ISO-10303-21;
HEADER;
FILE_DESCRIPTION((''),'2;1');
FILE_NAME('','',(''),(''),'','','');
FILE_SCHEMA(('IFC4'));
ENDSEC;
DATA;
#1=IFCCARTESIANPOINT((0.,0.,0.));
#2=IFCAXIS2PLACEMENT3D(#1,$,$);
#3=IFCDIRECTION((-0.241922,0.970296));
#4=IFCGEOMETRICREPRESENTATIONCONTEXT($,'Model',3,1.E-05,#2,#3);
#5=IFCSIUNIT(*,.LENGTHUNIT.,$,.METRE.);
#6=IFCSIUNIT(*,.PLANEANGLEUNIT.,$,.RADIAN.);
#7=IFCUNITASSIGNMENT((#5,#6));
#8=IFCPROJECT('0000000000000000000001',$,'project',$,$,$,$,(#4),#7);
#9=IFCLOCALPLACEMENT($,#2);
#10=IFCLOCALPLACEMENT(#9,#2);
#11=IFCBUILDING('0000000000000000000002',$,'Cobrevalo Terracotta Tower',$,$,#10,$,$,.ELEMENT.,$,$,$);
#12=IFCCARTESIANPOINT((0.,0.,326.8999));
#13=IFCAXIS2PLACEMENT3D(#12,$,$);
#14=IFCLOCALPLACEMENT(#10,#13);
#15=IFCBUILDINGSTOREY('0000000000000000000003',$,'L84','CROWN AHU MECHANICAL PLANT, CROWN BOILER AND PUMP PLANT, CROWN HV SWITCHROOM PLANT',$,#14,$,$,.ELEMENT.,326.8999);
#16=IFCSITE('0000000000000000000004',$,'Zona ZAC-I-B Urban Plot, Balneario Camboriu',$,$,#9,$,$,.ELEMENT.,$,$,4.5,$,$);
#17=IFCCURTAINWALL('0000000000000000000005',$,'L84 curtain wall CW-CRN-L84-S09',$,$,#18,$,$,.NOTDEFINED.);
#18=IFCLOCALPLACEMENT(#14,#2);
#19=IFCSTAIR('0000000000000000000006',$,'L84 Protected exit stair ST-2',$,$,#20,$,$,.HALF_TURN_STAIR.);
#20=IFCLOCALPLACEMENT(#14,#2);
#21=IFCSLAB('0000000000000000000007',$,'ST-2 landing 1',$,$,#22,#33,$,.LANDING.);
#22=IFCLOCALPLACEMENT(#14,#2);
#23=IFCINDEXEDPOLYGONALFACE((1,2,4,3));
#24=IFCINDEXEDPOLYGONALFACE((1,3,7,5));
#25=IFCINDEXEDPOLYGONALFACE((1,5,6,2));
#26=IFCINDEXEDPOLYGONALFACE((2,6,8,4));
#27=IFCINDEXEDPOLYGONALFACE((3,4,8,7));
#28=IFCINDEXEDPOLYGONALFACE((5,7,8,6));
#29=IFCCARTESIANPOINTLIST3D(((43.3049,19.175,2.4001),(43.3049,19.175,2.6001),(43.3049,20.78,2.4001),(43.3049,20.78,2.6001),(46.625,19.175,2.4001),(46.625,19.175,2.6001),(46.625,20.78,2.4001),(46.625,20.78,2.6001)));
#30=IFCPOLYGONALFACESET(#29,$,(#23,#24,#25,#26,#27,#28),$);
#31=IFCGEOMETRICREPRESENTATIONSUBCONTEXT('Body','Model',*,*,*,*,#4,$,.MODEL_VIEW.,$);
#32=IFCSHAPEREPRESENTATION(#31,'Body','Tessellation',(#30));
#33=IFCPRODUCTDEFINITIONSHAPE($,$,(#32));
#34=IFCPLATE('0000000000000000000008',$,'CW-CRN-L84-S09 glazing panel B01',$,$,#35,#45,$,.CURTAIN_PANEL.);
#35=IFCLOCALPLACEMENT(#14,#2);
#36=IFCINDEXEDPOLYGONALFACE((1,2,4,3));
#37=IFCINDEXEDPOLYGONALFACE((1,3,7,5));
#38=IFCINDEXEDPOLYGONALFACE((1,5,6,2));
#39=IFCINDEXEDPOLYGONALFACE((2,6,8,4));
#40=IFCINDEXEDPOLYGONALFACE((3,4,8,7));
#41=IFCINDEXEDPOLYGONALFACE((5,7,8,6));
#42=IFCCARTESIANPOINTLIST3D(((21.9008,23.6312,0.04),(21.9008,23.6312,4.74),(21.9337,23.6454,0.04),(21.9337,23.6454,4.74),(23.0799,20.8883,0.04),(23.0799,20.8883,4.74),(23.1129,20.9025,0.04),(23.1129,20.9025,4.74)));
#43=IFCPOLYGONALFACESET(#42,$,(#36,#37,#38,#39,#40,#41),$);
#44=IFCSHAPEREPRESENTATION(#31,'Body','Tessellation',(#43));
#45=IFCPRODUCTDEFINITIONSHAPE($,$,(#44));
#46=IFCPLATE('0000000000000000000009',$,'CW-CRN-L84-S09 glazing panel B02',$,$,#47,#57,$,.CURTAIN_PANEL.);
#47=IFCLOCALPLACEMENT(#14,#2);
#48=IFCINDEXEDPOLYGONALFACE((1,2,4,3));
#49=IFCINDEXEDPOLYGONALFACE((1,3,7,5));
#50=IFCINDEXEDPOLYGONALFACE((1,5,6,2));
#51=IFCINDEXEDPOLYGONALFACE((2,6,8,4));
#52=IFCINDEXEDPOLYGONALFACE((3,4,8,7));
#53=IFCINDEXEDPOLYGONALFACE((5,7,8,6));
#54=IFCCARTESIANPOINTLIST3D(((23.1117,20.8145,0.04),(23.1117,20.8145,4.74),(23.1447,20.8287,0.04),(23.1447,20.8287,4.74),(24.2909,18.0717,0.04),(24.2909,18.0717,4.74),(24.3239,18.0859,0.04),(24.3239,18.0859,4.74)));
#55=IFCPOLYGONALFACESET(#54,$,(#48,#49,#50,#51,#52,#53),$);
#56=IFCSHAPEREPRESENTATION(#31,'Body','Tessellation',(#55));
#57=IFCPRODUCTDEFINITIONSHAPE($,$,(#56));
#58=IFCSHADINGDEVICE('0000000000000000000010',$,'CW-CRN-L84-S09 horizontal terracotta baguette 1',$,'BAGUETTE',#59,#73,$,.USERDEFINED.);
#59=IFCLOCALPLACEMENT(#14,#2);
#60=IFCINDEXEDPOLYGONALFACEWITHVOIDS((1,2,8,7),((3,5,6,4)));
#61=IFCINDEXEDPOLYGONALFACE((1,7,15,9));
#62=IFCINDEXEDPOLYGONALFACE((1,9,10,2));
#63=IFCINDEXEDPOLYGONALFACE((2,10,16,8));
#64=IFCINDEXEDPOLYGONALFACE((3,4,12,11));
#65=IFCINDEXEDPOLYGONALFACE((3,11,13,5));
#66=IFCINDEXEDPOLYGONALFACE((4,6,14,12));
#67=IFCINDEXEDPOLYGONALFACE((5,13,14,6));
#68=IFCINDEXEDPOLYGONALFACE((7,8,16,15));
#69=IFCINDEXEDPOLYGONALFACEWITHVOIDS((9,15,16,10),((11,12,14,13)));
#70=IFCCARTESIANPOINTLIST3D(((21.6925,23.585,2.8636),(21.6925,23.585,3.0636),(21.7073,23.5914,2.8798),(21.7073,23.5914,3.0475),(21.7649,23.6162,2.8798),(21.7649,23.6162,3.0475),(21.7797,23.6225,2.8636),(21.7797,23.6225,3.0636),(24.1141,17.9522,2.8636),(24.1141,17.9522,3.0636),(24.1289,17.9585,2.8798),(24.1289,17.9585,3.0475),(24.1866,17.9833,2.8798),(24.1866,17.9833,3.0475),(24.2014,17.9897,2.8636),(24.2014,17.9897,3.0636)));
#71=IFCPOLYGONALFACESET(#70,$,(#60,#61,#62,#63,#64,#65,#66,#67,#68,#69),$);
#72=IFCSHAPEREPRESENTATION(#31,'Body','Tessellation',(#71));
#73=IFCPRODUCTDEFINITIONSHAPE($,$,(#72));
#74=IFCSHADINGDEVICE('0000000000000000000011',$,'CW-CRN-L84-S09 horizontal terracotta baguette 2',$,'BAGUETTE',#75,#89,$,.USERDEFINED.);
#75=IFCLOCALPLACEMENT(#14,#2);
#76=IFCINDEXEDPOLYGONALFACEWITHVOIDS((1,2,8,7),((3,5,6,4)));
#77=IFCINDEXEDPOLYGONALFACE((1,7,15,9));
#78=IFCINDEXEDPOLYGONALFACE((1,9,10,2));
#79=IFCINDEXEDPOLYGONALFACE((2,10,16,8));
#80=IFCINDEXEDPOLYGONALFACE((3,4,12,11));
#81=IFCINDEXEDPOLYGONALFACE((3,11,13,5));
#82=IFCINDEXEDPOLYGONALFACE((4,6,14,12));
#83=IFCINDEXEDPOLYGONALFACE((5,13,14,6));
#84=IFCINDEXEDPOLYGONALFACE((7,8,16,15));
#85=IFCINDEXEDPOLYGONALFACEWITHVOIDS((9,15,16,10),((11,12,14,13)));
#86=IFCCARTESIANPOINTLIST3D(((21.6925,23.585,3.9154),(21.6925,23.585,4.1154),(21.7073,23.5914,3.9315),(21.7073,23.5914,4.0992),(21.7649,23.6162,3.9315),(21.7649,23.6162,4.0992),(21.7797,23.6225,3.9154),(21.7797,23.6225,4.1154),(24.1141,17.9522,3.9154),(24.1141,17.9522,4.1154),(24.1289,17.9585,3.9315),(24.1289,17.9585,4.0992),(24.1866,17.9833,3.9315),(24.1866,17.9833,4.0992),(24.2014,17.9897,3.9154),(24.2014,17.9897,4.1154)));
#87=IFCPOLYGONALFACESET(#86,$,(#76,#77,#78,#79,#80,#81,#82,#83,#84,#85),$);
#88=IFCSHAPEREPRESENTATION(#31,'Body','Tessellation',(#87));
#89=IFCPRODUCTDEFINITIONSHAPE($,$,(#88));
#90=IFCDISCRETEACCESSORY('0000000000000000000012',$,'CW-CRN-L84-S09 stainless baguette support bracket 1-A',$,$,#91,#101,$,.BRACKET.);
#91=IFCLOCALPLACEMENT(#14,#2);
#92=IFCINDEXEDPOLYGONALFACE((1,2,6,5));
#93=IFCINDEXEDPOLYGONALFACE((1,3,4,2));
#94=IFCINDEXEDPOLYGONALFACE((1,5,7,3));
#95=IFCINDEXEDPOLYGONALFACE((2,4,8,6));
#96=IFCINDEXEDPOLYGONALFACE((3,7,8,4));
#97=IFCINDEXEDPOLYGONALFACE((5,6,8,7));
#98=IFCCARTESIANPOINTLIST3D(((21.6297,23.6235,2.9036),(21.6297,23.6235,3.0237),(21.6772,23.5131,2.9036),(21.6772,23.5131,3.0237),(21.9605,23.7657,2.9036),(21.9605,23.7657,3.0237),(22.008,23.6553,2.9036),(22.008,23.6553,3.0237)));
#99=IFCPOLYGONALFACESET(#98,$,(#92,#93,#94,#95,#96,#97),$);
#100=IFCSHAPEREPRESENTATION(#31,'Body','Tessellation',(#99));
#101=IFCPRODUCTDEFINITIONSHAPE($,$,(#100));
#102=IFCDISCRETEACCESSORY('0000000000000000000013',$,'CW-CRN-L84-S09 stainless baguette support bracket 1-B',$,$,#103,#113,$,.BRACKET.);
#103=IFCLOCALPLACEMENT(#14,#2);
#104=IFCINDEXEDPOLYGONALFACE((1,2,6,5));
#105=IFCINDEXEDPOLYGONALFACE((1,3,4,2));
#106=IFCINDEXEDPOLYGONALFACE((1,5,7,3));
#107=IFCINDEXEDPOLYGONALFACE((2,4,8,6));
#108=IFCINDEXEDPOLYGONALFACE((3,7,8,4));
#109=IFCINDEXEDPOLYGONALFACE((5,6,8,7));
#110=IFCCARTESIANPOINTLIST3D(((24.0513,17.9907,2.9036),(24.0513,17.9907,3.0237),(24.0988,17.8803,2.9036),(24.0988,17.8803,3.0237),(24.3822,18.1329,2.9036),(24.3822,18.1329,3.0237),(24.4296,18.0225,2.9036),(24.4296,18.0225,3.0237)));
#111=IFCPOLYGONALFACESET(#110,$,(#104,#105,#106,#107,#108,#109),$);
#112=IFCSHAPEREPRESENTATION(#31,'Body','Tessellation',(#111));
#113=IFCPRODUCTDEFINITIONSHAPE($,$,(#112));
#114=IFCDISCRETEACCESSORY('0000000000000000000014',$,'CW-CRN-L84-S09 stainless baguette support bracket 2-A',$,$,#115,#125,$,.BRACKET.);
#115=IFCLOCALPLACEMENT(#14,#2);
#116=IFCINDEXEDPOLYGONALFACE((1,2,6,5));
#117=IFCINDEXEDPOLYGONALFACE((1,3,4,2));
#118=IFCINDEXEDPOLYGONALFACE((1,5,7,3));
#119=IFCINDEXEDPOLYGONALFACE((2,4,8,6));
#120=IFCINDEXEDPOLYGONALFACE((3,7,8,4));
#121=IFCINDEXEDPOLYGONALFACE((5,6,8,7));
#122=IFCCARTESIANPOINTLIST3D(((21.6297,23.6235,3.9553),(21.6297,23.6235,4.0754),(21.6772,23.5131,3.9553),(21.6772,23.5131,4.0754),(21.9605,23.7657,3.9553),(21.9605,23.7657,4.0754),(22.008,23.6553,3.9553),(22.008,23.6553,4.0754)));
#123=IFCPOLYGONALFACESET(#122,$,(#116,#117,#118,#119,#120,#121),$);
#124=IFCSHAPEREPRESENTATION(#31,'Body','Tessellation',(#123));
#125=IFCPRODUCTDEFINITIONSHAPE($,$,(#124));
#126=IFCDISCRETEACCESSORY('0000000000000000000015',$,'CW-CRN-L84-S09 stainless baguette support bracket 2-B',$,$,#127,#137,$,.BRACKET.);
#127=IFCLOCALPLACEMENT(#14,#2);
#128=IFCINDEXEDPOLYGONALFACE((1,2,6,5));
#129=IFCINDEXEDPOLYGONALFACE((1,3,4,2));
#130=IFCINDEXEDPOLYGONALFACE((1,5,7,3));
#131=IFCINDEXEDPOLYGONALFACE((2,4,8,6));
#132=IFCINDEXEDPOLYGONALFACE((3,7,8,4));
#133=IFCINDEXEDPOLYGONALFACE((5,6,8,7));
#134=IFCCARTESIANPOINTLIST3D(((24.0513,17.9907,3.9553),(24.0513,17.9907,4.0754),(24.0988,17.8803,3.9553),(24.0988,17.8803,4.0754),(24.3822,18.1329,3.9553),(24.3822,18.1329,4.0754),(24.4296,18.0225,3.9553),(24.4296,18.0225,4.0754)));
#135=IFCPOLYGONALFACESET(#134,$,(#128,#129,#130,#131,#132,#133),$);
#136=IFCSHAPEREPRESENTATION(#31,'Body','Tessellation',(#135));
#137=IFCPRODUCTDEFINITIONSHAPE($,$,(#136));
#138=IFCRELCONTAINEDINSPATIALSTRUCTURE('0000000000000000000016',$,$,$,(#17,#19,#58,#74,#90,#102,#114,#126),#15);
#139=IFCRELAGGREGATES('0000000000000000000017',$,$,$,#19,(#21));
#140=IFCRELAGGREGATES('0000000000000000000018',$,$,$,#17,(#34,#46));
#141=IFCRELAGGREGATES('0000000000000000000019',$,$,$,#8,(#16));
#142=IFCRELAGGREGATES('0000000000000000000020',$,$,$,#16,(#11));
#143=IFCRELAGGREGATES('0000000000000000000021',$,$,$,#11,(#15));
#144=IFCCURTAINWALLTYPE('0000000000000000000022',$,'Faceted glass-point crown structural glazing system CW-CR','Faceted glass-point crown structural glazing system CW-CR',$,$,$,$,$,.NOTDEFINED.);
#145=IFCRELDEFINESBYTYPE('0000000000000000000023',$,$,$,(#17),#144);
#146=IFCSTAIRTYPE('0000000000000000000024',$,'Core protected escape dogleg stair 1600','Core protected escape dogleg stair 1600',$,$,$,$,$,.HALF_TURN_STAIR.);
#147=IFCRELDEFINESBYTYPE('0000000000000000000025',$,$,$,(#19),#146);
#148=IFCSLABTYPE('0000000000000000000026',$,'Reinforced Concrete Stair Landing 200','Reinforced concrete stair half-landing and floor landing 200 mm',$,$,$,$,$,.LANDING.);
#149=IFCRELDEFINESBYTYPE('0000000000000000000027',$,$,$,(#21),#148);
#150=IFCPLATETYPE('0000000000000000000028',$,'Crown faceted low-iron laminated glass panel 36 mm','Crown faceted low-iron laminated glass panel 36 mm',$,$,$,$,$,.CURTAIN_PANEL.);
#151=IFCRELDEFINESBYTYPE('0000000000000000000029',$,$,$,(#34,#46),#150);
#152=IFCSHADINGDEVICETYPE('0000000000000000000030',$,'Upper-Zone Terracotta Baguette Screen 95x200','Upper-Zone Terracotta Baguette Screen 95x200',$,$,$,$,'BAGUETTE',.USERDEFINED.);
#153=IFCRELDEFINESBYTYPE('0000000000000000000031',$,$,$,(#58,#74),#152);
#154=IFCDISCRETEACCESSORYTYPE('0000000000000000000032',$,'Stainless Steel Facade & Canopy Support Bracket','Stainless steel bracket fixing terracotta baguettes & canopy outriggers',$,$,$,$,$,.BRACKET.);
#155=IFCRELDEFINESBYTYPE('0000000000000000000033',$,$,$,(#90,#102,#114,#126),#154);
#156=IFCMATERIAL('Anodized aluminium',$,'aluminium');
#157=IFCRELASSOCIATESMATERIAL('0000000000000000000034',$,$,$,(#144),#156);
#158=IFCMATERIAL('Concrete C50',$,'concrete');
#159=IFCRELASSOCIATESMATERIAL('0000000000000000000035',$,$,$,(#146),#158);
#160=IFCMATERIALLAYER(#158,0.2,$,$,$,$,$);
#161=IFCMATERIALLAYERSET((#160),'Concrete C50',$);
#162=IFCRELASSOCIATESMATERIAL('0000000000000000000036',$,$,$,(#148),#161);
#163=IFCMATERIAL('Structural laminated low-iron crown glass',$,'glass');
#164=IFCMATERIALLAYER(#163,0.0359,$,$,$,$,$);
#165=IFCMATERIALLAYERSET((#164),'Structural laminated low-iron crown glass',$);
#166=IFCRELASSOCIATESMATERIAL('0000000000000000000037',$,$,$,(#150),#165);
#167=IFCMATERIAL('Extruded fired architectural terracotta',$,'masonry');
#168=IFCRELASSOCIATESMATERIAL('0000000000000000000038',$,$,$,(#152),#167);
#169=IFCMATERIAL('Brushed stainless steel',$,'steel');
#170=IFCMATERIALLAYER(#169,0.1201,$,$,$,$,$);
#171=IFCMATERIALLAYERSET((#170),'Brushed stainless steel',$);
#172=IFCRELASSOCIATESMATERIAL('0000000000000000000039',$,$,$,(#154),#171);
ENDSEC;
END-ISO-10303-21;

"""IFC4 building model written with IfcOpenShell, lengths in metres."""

from ifc_helpers import new_model, si_unit, direction, frame, origin, origin_2d, place, context, subcontext, project, spatial, polyline, rectangle, hollow_rectangle, outline, extrude, source, transform, mapped, material, layer, layer_set, material_profile, profile_set, type_object, element, aggregate, save


model = new_model("IFC4")

# Units and contexts
model_context = context("Model", 3, precision=1e-05, world=origin(), true_north=direction((-0.241922, 0.970296)))
body_context = subcontext(model_context, "Body", "Model", "MODEL_VIEW")
ifc_project = project(units=[si_unit("LENGTHUNIT", "METRE"), si_unit("PLANEANGLEUNIT", "RADIAN")], contexts=[model_context])

# Site, building, storey
site_placement = place(None, origin())
site = spatial("IfcSite", under=ifc_project, at=site_placement, Name="Zona ZAC-I-B Urban Plot, Balneario Camboriu", CompositionType="ELEMENT", RefElevation=4.5)
building_placement = place(site_placement, origin())
building = spatial("IfcBuilding", under=site, at=building_placement, Name="Cobrevalo Terracotta Tower", CompositionType="ELEMENT")
storey_placement = place(building_placement, frame((0.0, 0.0, 326.8999)))
storey = spatial("IfcBuildingStorey", under=building, at=storey_placement, Name="L84", Description="CROWN AHU MECHANICAL PLANT, CROWN BOILER AND PUMP PLANT, CROWN HV SWITCHROOM PLANT", CompositionType="ELEMENT", Elevation=326.8999)

# Shared definitions
ifc_material_1 = material(Name="Anodized aluminium", Category="aluminium")
curtain_wall_type = type_object("IfcCurtainWallType", Name="Faceted glass-point crown structural glazing system CW-CR", Description="Faceted glass-point crown structural glazing system CW-CR", PredefinedType="NOTDEFINED", material=ifc_material_1)

# Curtain wall
curtain_wall_1_placement = place(storey_placement, origin())
curtain_wall_1 = element("IfcCurtainWall", 1, at=curtain_wall_1_placement, inside=storey, type_object=curtain_wall_type, Name="L84 curtain wall CW-CRN-L84-S09", PredefinedType="NOTDEFINED")

# Shared definitions
ifc_material_2 = material(Name="Concrete C50", Category="concrete")

# Stair, slab
stair_type = type_object("IfcStairType", Name="Core protected escape dogleg stair 1600", Description="Core protected escape dogleg stair 1600", PredefinedType="HALF_TURN_STAIR", material=ifc_material_2)
ifc_layer_1 = layer(ifc_material_2, 0.2)
ifc_layer_set_1 = layer_set([ifc_layer_1], Name="Concrete C50")
slab_type_1 = type_object("IfcSlabType", Name="Reinforced Concrete Stair Landing 200", Description="Reinforced concrete stair half-landing and floor landing 200 mm", PredefinedType="LANDING", material=ifc_layer_set_1)
stair_1_placement = place(storey_placement, origin())
stair_1 = element("IfcStair", 2, at=stair_1_placement, inside=storey, type_object=stair_type, Name="L84 Protected exit stair ST-2", PredefinedType="HALF_TURN_STAIR")
slab_1_placement = place(storey_placement, frame((0.0, 0.0, 2.4001)))
slab_1 = element("IfcSlab", 3, at=slab_1_placement, type_object=slab_type_1, Name="ST-2 landing 1", PredefinedType="LANDING", context=body_context, shape_type="SweptSolid", body=[
    extrude(outline(polyline([(43.3049, 20.78), (43.3049, 19.175), (46.625, 19.175), (46.625, 20.78), (43.3049, 20.78)])), origin(), (0.0, 0.0, 1.0), 0.2),
])
aggregate(stair_1, [slab_1])

# Plates
ifc_material_3 = material(Name="Structural laminated low-iron crown glass", Category="glass")
ifc_layer_2 = layer(ifc_material_3, 0.0359)
ifc_layer_set_2 = layer_set([ifc_layer_2], Name="Structural laminated low-iron crown glass")
plate_type = type_object("IfcPlateType", Name="Crown faceted low-iron laminated glass panel 36 mm", Description="Crown faceted low-iron laminated glass panel 36 mm", PredefinedType="CURTAIN_PANEL", material=ifc_layer_set_2)
shared_shape_1 = source(origin(), body_context, "Body", "SweptSolid", [
    extrude(rectangle(XDim=2.9856, YDim=0.0359, at=origin_2d()), origin(), (0.0, 0.0, 1.0), 4.7),
])
plate_1_placement = place(storey_placement, frame((22.5068, 22.2668, 0.04), z_axis=(0.0, 0.0, 1.0), x_axis=(0.39496, -0.918698, 0.0)))
plate_1 = element("IfcPlate", 4, at=plate_1_placement, type_object=plate_type, Name="CW-CRN-L84-S09 glazing panel B01", PredefinedType="CURTAIN_PANEL", context=body_context, shape_type="MappedRepresentation", body=[
    mapped(shared_shape_1, transform((0.0, 0.0, 0.0), scale=1.0)),
])
plate_2_placement = place(storey_placement, frame((23.7178, 19.4502, 0.04), z_axis=(0.0, 0.0, 1.0), x_axis=(0.39496, -0.918698, 0.0)))
plate_2 = element("IfcPlate", 5, at=plate_2_placement, type_object=plate_type, Name="CW-CRN-L84-S09 glazing panel B02", PredefinedType="CURTAIN_PANEL", context=body_context, shape_type="MappedRepresentation", body=[
    mapped(shared_shape_1, transform((0.0, 0.0, 0.0), scale=1.0)),
])
aggregate(curtain_wall_1, [plate_1, plate_2])

# Shading devices
ifc_material_4 = material(Name="Extruded fired architectural terracotta", Category="masonry")
ifc_material_profile_1 = material_profile(ifc_material_4, hollow_rectangle(XDim=0.095, YDim=0.2, WallThickness=0.0161, at=origin_2d()), Name="BAGUETTE 95x200")
ifc_profile_set_1 = profile_set([ifc_material_profile_1], Name="Extruded fired architectural terracotta")
shading_device_type = type_object("IfcShadingDeviceType", Name="Upper-Zone Terracotta Baguette Screen 95x200", Description="Upper-Zone Terracotta Baguette Screen 95x200", ElementType="BAGUETTE", PredefinedType="USERDEFINED", material=ifc_profile_set_1)
shared_shape_2 = source(origin(), body_context, "Body", "SweptSolid", [
    extrude(hollow_rectangle(XDim=0.095, YDim=0.2, WallThickness=0.0161, at=origin_2d()), origin(), (0.0, 0.0, 1.0), 6.1313),
])
for number, where, z_axis, x_axis, name in (
    (6, (21.7361, 23.6038, 2.9636), (0.394962, -0.918698, 0.0), (0.918698, 0.394962, 0.0), "CW-CRN-L84-S09 horizontal terracotta baguette 1"),
    (7, (21.7361, 23.6038, 4.0154), (0.394962, -0.918698, 0.0), (0.918698, 0.394962, 0.0), "CW-CRN-L84-S09 horizontal terracotta baguette 2"),
):
    element("IfcShadingDevice", number, at=place(storey_placement, frame(where, z_axis=z_axis, x_axis=x_axis)), inside=storey, type_object=shading_device_type, Name=name, ObjectType="BAGUETTE", PredefinedType="USERDEFINED", context=body_context, shape_type="MappedRepresentation", body=[
        mapped(shared_shape_2, transform((0.0, 0.0, 0.0), scale=1.0)),
    ])

# Discrete accessories
ifc_material_5 = material(Name="Brushed stainless steel", Category="steel")
ifc_layer_3 = layer(ifc_material_5, 0.1201)
ifc_layer_set_3 = layer_set([ifc_layer_3], Name="Brushed stainless steel")
discrete_accessory_type = type_object("IfcDiscreteAccessoryType", Name="Stainless Steel Facade & Canopy Support Bracket", Description="Stainless steel bracket fixing terracotta baguettes & canopy outriggers", PredefinedType="BRACKET", material=ifc_layer_set_3)
shared_shape_3 = source(origin(), body_context, "Body", "SweptSolid", [
    extrude(rectangle(XDim=0.1201, YDim=0.3601, at=origin_2d()), origin(), (0.0, 0.0, 1.0), 0.1201),
])
for number, where, z_axis, x_axis, name in (
    (8, (21.8188, 23.6394, 2.9036), (0.0, 0.0, 1.0), (0.39496, -0.918698, 0.0), "CW-CRN-L84-S09 stainless baguette support bracket 1-A"),
    (9, (24.2405, 18.0066, 2.9036), (0.0, 0.0, 1.0), (0.39496, -0.918698, 0.0), "CW-CRN-L84-S09 stainless baguette support bracket 1-B"),
    (10, (21.8188, 23.6394, 3.9553), (0.0, 0.0, 1.0), (0.39496, -0.918698, 0.0), "CW-CRN-L84-S09 stainless baguette support bracket 2-A"),
    (11, (24.2405, 18.0066, 3.9553), (0.0, 0.0, 1.0), (0.39496, -0.918698, 0.0), "CW-CRN-L84-S09 stainless baguette support bracket 2-B"),
):
    element("IfcDiscreteAccessory", number, at=place(storey_placement, frame(where, z_axis=z_axis, x_axis=x_axis)), inside=storey, type_object=discrete_accessory_type, Name=name, PredefinedType="BRACKET", context=body_context, shape_type="MappedRepresentation", body=[
        mapped(shared_shape_3, transform((0.0, 0.0, 0.0), scale=1.0)),
    ])

save(model, "model.ifc")
